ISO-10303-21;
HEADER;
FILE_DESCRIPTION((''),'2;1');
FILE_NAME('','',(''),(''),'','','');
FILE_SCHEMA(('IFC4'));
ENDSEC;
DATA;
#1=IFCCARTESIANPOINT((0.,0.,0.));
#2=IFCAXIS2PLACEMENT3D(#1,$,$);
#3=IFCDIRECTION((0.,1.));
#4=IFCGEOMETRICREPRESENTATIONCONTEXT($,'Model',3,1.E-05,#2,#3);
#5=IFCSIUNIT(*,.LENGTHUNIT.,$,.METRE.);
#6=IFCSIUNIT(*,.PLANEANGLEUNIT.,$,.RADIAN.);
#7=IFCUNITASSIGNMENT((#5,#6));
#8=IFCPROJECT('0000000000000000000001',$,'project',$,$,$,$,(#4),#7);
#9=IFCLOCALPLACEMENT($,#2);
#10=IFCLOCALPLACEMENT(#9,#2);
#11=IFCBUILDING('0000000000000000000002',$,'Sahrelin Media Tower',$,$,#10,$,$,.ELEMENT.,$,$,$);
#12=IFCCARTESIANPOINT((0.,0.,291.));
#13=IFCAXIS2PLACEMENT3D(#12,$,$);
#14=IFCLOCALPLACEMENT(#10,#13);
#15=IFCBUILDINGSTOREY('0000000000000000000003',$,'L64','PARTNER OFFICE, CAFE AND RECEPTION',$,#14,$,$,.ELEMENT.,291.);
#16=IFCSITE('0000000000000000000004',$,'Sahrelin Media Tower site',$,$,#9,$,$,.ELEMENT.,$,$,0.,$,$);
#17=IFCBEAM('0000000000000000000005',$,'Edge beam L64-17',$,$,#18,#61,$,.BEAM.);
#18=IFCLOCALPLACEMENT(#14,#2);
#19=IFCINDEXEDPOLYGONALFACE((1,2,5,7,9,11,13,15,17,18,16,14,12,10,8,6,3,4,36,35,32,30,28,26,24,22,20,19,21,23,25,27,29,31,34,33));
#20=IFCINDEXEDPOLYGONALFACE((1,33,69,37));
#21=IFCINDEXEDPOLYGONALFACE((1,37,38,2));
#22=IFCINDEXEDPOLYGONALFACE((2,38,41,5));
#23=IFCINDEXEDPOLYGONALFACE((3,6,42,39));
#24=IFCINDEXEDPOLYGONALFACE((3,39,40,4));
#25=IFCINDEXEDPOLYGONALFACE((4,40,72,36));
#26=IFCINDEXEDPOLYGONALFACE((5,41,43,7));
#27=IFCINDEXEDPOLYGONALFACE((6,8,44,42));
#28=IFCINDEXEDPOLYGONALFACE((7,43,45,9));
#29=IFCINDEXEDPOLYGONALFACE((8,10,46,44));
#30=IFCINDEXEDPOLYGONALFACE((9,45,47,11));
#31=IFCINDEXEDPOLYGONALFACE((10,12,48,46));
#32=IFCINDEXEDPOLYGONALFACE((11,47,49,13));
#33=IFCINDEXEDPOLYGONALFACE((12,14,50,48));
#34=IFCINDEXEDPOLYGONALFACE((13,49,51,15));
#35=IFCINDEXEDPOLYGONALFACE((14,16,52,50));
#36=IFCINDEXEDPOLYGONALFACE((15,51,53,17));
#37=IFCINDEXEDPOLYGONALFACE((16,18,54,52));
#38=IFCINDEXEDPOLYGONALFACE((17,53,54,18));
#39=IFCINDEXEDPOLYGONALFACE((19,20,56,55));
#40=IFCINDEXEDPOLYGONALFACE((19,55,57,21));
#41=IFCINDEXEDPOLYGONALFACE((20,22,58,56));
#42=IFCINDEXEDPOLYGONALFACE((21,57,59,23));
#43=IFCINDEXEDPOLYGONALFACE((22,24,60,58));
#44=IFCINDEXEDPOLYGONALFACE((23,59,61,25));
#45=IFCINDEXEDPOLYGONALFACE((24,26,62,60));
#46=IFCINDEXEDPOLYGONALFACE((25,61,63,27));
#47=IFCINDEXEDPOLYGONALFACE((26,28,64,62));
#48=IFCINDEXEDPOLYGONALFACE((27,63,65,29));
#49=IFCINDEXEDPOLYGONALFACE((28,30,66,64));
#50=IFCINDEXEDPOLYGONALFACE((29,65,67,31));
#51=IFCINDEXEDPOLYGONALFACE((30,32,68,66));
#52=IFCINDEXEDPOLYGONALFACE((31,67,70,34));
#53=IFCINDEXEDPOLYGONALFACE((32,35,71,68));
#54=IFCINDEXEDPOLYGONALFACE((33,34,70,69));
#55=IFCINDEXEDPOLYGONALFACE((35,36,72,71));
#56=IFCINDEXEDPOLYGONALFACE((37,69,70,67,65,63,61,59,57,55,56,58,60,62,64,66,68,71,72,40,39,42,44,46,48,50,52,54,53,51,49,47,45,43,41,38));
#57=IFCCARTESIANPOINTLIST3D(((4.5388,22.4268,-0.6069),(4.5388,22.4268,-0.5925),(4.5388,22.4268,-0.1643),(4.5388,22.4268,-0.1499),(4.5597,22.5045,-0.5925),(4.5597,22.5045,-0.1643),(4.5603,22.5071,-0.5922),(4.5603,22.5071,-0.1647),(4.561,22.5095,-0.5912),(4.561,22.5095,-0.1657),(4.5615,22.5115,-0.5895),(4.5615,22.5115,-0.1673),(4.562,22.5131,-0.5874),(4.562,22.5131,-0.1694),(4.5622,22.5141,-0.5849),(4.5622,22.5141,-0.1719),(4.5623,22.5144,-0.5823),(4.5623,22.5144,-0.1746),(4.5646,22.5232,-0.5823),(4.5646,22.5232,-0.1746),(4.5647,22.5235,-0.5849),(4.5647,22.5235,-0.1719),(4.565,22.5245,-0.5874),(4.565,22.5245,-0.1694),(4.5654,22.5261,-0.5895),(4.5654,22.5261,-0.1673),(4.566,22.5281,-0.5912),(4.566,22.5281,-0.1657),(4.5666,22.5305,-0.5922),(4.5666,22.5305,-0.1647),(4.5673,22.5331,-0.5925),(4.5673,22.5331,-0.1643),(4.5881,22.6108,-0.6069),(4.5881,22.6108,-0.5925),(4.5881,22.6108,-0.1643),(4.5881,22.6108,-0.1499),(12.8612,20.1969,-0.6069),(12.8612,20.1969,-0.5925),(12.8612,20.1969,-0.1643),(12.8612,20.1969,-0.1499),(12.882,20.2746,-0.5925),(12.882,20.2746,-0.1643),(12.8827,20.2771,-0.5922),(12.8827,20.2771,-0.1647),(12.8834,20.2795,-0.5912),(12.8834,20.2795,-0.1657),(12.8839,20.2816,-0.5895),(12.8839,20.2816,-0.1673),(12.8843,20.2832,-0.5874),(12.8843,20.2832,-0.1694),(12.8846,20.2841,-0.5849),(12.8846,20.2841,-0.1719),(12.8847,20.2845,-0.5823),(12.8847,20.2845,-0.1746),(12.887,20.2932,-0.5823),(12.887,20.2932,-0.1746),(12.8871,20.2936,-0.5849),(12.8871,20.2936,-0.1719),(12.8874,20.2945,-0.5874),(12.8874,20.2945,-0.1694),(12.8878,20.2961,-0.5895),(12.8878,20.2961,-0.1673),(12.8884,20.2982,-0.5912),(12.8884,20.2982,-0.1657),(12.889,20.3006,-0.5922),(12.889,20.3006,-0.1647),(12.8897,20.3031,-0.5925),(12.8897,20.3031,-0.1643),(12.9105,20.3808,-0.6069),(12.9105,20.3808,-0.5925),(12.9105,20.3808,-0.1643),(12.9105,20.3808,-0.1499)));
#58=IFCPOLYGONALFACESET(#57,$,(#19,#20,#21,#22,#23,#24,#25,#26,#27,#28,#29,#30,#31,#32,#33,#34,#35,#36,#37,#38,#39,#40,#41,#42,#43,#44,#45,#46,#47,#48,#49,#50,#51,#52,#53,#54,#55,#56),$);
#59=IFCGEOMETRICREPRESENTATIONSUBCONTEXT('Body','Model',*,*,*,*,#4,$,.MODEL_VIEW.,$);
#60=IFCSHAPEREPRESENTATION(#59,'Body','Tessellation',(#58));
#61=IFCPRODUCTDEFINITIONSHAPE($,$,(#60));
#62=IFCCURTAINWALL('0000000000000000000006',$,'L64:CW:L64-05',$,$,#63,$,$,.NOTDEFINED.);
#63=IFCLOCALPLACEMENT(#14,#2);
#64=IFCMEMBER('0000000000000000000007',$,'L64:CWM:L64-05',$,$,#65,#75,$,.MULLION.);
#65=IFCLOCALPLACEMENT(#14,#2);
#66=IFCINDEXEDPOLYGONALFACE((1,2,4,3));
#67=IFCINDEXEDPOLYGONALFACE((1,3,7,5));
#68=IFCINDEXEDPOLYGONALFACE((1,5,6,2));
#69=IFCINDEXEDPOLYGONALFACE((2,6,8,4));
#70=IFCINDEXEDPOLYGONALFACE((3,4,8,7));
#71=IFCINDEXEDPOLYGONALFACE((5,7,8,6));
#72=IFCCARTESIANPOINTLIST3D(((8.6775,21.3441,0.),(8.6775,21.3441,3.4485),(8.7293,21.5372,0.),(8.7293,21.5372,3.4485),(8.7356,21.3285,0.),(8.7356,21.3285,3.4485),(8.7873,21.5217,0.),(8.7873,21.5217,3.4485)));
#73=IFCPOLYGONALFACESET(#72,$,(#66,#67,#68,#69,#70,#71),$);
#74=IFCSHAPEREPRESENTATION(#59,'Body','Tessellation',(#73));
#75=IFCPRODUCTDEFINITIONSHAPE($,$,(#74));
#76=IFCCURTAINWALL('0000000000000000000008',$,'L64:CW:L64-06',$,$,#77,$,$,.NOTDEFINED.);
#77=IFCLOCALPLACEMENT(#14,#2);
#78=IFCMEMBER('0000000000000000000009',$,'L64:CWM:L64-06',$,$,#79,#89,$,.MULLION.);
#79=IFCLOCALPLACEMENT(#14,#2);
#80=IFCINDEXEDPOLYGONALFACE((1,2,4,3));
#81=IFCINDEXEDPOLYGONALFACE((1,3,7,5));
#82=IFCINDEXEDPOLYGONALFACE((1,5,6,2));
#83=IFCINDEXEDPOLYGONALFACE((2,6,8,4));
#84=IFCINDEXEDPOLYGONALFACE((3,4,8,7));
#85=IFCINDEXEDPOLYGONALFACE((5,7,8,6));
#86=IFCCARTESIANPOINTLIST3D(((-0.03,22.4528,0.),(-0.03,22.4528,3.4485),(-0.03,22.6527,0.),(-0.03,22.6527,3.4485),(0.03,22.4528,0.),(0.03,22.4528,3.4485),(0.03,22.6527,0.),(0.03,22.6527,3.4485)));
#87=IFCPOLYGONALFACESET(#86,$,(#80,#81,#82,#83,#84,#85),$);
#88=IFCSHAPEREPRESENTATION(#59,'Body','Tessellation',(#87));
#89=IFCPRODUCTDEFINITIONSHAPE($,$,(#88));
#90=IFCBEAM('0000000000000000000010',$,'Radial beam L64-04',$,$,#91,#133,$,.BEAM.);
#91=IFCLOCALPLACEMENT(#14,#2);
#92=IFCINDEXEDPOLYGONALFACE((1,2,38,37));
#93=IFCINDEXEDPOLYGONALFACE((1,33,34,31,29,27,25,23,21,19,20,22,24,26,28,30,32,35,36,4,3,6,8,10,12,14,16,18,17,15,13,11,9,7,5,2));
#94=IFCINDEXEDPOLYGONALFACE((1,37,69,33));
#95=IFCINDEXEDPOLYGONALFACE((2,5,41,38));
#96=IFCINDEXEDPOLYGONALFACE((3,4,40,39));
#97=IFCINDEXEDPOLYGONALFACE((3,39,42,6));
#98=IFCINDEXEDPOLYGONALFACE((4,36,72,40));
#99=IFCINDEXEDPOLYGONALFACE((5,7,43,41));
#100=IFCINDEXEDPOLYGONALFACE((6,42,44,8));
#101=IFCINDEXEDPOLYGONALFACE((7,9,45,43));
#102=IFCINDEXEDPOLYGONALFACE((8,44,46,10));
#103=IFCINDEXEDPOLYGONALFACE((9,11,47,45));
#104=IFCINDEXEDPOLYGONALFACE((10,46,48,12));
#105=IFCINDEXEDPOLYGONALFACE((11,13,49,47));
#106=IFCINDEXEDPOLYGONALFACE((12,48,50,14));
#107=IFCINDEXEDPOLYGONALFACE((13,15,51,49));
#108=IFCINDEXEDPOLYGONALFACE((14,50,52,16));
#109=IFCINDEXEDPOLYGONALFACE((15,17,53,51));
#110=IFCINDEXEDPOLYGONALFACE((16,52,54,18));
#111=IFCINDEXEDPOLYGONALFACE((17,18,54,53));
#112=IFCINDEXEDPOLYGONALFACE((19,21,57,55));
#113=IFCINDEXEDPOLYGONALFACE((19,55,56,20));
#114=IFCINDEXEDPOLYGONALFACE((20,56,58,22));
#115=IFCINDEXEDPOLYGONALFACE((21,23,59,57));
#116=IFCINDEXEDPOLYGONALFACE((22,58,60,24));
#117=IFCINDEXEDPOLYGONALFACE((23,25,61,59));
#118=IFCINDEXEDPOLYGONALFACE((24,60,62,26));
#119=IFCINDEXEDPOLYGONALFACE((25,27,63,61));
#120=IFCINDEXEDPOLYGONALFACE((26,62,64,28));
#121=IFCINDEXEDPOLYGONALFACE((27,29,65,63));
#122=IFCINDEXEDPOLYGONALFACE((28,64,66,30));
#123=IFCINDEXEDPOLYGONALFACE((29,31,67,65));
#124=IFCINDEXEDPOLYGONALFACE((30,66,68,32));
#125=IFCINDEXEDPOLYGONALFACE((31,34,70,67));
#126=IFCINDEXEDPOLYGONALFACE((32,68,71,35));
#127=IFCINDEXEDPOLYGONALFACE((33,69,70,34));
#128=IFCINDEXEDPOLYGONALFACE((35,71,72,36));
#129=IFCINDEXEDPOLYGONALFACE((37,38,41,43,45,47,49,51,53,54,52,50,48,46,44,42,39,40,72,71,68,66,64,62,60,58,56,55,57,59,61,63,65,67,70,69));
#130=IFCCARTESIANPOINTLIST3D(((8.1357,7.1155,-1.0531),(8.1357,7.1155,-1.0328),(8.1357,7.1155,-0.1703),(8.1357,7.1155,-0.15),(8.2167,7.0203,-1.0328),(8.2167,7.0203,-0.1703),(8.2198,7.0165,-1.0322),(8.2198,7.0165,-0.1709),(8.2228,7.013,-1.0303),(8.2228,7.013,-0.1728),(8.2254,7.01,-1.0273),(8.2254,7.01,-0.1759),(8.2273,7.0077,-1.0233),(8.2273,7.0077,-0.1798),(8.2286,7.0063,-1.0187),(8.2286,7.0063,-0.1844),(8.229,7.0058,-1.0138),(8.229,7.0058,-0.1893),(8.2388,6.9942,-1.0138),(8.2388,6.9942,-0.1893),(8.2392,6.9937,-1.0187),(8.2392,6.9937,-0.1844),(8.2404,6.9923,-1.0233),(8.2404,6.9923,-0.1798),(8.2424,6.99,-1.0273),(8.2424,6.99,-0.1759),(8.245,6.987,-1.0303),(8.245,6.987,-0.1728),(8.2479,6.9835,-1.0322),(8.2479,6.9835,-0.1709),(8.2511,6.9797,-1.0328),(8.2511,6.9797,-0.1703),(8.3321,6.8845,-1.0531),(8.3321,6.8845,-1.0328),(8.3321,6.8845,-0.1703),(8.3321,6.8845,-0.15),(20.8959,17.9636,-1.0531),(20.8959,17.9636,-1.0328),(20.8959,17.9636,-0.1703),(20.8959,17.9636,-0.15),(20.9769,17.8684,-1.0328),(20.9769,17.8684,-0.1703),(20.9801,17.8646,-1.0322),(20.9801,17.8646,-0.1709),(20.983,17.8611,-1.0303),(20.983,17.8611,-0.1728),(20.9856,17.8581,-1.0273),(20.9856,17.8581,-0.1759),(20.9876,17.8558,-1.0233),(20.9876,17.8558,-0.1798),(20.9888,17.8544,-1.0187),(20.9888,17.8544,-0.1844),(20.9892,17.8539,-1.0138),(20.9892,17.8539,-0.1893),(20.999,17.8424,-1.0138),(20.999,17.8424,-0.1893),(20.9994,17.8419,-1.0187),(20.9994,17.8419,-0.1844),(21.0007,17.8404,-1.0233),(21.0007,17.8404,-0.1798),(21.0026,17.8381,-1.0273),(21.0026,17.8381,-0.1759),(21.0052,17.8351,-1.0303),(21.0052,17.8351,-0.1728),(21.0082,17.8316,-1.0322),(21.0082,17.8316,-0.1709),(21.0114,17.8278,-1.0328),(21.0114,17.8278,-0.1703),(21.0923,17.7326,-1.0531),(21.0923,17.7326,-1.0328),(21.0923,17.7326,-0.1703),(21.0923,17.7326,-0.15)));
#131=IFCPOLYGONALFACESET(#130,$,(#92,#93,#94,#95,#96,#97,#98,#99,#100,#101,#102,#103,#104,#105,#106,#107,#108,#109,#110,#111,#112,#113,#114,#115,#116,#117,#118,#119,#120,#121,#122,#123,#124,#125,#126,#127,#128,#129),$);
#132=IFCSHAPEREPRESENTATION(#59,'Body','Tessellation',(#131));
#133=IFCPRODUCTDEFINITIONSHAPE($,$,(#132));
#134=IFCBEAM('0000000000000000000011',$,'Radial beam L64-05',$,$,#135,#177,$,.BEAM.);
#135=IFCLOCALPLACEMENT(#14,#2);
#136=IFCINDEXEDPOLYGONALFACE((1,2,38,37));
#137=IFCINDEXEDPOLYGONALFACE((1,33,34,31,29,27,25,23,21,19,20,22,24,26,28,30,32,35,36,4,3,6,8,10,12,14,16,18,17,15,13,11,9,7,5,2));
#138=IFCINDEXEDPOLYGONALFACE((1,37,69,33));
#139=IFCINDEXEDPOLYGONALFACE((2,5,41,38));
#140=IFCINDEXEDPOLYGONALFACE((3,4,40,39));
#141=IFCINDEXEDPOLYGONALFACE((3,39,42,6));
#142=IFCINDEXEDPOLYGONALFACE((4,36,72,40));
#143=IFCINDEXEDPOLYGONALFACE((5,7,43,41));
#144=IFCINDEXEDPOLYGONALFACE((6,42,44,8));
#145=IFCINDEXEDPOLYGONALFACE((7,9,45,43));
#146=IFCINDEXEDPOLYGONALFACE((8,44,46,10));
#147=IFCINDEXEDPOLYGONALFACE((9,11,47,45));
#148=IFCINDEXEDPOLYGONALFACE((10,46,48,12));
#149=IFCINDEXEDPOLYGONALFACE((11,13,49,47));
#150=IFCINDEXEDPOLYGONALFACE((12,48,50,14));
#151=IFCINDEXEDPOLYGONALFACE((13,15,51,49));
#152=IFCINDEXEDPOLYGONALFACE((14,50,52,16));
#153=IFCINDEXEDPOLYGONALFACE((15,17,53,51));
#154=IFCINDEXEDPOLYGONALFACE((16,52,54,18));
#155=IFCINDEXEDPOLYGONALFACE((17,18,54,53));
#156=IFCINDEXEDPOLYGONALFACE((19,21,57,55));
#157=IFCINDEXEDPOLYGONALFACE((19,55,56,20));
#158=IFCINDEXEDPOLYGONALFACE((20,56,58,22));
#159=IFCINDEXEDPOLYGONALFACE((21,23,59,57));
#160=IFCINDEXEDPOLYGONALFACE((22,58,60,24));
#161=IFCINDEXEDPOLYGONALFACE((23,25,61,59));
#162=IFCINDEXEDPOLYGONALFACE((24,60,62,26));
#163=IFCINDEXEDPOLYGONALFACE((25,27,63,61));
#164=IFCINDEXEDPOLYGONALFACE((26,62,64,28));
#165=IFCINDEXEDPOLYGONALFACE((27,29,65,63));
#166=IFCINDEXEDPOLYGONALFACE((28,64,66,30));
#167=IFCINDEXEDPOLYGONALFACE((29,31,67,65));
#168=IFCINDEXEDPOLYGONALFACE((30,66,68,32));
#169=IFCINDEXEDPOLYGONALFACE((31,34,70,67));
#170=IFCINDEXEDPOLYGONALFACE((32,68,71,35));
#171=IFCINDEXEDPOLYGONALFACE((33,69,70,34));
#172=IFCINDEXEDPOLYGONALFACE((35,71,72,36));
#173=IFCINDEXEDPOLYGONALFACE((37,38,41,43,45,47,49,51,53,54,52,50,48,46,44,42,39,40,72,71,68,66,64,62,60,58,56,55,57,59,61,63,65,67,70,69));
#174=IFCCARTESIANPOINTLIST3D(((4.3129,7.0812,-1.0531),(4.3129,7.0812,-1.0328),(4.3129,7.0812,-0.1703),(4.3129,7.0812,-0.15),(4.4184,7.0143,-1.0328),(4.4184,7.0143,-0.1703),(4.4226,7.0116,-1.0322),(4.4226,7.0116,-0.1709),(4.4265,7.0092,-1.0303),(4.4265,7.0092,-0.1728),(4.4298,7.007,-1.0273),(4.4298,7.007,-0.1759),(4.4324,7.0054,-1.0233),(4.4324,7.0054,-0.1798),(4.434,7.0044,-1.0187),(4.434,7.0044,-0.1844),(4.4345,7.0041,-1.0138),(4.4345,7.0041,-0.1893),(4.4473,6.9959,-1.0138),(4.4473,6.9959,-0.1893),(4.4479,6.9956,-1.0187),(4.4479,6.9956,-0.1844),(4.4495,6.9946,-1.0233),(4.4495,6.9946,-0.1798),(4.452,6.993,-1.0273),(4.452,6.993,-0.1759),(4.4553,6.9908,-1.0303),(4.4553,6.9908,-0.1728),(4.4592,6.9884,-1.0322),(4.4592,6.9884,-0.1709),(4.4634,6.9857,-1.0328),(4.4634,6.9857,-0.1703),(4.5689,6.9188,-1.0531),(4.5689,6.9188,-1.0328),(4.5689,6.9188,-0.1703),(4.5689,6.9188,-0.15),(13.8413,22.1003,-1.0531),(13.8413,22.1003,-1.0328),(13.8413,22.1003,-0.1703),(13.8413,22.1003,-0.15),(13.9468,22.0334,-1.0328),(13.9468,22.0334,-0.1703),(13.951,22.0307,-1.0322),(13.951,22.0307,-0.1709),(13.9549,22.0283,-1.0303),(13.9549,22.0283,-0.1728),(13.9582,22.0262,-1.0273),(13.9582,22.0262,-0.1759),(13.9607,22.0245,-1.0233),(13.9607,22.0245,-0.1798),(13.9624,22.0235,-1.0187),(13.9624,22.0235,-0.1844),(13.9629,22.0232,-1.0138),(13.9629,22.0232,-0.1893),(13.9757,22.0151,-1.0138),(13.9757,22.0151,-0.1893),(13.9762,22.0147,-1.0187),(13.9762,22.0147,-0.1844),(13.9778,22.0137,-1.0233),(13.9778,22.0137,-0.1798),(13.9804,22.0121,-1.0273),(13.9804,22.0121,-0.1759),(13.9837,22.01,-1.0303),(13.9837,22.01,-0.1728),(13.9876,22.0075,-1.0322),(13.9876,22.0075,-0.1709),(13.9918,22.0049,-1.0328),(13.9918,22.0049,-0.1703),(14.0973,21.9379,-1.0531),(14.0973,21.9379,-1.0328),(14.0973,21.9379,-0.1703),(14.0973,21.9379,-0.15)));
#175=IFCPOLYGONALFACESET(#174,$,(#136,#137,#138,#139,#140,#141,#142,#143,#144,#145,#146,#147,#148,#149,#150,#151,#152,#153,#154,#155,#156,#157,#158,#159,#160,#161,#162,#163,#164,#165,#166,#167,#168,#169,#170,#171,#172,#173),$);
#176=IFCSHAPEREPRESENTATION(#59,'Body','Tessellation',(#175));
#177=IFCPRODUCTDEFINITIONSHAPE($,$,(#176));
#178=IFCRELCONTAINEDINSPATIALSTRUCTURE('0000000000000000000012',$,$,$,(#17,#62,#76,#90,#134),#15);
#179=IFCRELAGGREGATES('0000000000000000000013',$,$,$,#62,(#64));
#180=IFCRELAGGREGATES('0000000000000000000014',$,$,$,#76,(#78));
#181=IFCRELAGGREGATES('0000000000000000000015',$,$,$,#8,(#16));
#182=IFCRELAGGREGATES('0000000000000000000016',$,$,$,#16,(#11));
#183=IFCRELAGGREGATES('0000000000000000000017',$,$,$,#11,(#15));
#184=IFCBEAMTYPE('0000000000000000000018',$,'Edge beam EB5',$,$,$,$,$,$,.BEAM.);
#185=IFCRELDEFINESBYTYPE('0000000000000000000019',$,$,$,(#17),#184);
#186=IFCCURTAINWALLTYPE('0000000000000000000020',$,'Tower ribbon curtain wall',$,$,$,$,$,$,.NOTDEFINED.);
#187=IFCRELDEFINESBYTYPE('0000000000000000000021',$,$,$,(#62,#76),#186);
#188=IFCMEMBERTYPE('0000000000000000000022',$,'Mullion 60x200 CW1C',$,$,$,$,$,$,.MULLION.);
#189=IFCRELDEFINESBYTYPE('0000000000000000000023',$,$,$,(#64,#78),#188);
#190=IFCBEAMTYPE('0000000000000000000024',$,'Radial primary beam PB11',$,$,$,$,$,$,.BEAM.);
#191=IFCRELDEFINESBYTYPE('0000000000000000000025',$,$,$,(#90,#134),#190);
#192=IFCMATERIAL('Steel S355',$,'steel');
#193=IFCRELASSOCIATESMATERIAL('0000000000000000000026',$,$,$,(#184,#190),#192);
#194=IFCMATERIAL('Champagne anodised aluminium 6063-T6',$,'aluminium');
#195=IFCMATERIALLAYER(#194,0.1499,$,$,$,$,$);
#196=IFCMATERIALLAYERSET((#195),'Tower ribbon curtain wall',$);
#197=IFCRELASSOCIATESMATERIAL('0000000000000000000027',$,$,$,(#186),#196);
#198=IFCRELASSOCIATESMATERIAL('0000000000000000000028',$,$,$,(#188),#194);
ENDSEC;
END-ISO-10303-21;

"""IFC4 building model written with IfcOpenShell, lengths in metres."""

from ifc_helpers import new_model, si_unit, direction, frame, origin, origin_2d, place, context, subcontext, project, spatial, rectangle, i_section, extrude, material, layer, layer_set, material_profile, profile_set, type_object, element, aggregate, save


model = new_model("IFC4")

# Units and contexts
model_context = context("Model", 3, precision=1e-05, world=origin(), true_north=direction((0.0, 1.0)))
body_context = subcontext(model_context, "Body", "Model", "MODEL_VIEW")
ifc_project = project(units=[si_unit("LENGTHUNIT", "METRE"), si_unit("PLANEANGLEUNIT", "RADIAN")], contexts=[model_context])

# Site, building, storey
site_placement = place(None, origin())
site = spatial("IfcSite", under=ifc_project, at=site_placement, Name="Sahrelin Media Tower site", CompositionType="ELEMENT", RefElevation=0.0)
building_placement = place(site_placement, origin())
building = spatial("IfcBuilding", under=site, at=building_placement, Name="Sahrelin Media Tower", CompositionType="ELEMENT")
storey_placement = place(building_placement, frame((0.0, 0.0, 291.0)))
storey = spatial("IfcBuildingStorey", under=building, at=storey_placement, Name="L64", Description="PARTNER OFFICE, CAFE AND RECEPTION", CompositionType="ELEMENT", Elevation=291.0)

# Beam
ifc_material_1 = material(Name="Steel S355", Category="steel")
ifc_material_profile_1 = material_profile(ifc_material_1, i_section(OverallWidth=0.1904, OverallDepth=0.457, WebThickness=0.009, FlangeThickness=0.0144, FilletRadius=0.0103, at=origin_2d()), Name="UB 457x191x74")
ifc_profile_set_1 = profile_set([ifc_material_profile_1], Name="Steel S355")
beam_type_1 = type_object("IfcBeamType", Name="Edge beam EB5", PredefinedType="BEAM", material=ifc_profile_set_1)
beam_1_placement = place(storey_placement, frame((4.5635, 22.5188, -0.3784), z_axis=(0.965927, -0.258816, 0.0), x_axis=(0.258816, 0.965927, 0.0)))
element("IfcBeam", 1, at=beam_1_placement, inside=storey, type_object=beam_type_1, Name="Edge beam L64-17", PredefinedType="BEAM", context=body_context, shape_type="SweptSolid", body=[
    extrude(i_section(OverallWidth=0.1904, OverallDepth=0.457, WebThickness=0.009, FlangeThickness=0.0144, FilletRadius=0.0103, at=origin_2d()), origin(), (0.0, 0.0, 1.0), 8.616),
])

# Curtain walls, members
ifc_material_2 = material(Name="Champagne anodised aluminium 6063-T6", Category="aluminium")
ifc_layer_1 = layer(ifc_material_2, 0.1499)
ifc_layer_set_1 = layer_set([ifc_layer_1], Name="Tower ribbon curtain wall")
curtain_wall_type = type_object("IfcCurtainWallType", Name="Tower ribbon curtain wall", PredefinedType="NOTDEFINED", material=ifc_layer_set_1)
curtain_wall_1_placement = place(storey_placement, frame((8.7637, 21.5488, 0.0), z_axis=(0.0, 0.0, 1.0), x_axis=(1.0, 0.0, 0.0)))
curtain_wall_1 = element("IfcCurtainWall", 2, at=curtain_wall_1_placement, inside=storey, type_object=curtain_wall_type, Name="L64:CW:L64-05", PredefinedType="NOTDEFINED")
ifc_material_profile_2 = material_profile(ifc_material_2, rectangle(XDim=0.0601, YDim=0.2, at=origin_2d()), Name="Mullion 60x200")
ifc_profile_set_2 = profile_set([ifc_material_profile_2], Name="Champagne anodised aluminium 6063-T6")
member_type_1 = type_object("IfcMemberType", Name="Mullion 60x200 CW1C", PredefinedType="MULLION", material=ifc_profile_set_2)
member_1_placement = place(storey_placement, frame((8.7324, 21.4329, 0.0), z_axis=(0.0, 0.0, 1.0), x_axis=(-0.965926, 0.258819, 0.0)))
member_1 = element("IfcMember", 3, at=member_1_placement, type_object=member_type_1, Name="L64:CWM:L64-05", PredefinedType="MULLION", context=body_context, shape_type="SweptSolid", body=[
    extrude(rectangle(XDim=0.0601, YDim=0.2, at=origin_2d()), origin(), (0.0, 0.0, 1.0), 3.4485),
])
aggregate(curtain_wall_1, [member_1])
placement_1 = place(storey_placement, frame((0.0, 22.6726, 0.0), z_axis=(0.0, 0.0, 1.0), x_axis=(1.0, 0.0, 0.0)))
curtain_wall_2 = element("IfcCurtainWall", 4, at=placement_1, inside=storey, type_object=curtain_wall_type, Name="L64:CW:L64-06", PredefinedType="NOTDEFINED")
member_2_placement = place(storey_placement, frame((0.0, 22.5527, 0.0), z_axis=(0.0, 0.0, 1.0), x_axis=(-1.0, 0.0, 0.0)))
member_2 = element("IfcMember", 5, at=member_2_placement, type_object=member_type_1, Name="L64:CWM:L64-06", PredefinedType="MULLION", context=body_context, shape_type="SweptSolid", body=[
    extrude(rectangle(XDim=0.0601, YDim=0.2, at=origin_2d()), origin(), (0.0, 0.0, 1.0), 3.4485),
])

# Beams
ifc_material_profile_3 = material_profile(ifc_material_1, i_section(OverallWidth=0.3032, OverallDepth=0.9031, WebThickness=0.0151, FlangeThickness=0.0203, FilletRadius=0.019, at=origin_2d()), Name="UB 914x305x201")
ifc_profile_set_3 = profile_set([ifc_material_profile_3], Name="Steel S355")
beam_type_2 = type_object("IfcBeamType", Name="Radial primary beam PB11", PredefinedType="BEAM", material=ifc_profile_set_3)
beam_2_placement = place(storey_placement, frame((8.2339, 7.0, -0.6016), z_axis=(0.761882, 0.647715, 0.0), x_axis=(-0.647715, 0.761882, 0.0)))
element("IfcBeam", 6, at=beam_2_placement, inside=storey, type_object=beam_type_2, Name="Radial beam L64-04", PredefinedType="BEAM", context=body_context, shape_type="SweptSolid", body=[
    extrude(i_section(OverallWidth=0.3032, OverallDepth=0.9031, WebThickness=0.0151, FlangeThickness=0.0203, FilletRadius=0.019, at=origin_2d()), origin(), (0.0, 0.0, 1.0), 16.7483),
])
beam_3_placement = place(storey_placement, frame((4.4409, 7.0, -0.6016), z_axis=(0.535704, 0.844406, 0.0), x_axis=(-0.844406, 0.535704, 0.0)))
element("IfcBeam", 7, at=beam_3_placement, inside=storey, type_object=beam_type_2, Name="Radial beam L64-05", PredefinedType="BEAM", context=body_context, shape_type="SweptSolid", body=[
    extrude(i_section(OverallWidth=0.3032, OverallDepth=0.9031, WebThickness=0.0151, FlangeThickness=0.0203, FilletRadius=0.019, at=origin_2d()), origin(), (0.0, 0.0, 1.0), 17.7866),
])

aggregate(curtain_wall_2, [member_2])

save(model, "model.ifc")
